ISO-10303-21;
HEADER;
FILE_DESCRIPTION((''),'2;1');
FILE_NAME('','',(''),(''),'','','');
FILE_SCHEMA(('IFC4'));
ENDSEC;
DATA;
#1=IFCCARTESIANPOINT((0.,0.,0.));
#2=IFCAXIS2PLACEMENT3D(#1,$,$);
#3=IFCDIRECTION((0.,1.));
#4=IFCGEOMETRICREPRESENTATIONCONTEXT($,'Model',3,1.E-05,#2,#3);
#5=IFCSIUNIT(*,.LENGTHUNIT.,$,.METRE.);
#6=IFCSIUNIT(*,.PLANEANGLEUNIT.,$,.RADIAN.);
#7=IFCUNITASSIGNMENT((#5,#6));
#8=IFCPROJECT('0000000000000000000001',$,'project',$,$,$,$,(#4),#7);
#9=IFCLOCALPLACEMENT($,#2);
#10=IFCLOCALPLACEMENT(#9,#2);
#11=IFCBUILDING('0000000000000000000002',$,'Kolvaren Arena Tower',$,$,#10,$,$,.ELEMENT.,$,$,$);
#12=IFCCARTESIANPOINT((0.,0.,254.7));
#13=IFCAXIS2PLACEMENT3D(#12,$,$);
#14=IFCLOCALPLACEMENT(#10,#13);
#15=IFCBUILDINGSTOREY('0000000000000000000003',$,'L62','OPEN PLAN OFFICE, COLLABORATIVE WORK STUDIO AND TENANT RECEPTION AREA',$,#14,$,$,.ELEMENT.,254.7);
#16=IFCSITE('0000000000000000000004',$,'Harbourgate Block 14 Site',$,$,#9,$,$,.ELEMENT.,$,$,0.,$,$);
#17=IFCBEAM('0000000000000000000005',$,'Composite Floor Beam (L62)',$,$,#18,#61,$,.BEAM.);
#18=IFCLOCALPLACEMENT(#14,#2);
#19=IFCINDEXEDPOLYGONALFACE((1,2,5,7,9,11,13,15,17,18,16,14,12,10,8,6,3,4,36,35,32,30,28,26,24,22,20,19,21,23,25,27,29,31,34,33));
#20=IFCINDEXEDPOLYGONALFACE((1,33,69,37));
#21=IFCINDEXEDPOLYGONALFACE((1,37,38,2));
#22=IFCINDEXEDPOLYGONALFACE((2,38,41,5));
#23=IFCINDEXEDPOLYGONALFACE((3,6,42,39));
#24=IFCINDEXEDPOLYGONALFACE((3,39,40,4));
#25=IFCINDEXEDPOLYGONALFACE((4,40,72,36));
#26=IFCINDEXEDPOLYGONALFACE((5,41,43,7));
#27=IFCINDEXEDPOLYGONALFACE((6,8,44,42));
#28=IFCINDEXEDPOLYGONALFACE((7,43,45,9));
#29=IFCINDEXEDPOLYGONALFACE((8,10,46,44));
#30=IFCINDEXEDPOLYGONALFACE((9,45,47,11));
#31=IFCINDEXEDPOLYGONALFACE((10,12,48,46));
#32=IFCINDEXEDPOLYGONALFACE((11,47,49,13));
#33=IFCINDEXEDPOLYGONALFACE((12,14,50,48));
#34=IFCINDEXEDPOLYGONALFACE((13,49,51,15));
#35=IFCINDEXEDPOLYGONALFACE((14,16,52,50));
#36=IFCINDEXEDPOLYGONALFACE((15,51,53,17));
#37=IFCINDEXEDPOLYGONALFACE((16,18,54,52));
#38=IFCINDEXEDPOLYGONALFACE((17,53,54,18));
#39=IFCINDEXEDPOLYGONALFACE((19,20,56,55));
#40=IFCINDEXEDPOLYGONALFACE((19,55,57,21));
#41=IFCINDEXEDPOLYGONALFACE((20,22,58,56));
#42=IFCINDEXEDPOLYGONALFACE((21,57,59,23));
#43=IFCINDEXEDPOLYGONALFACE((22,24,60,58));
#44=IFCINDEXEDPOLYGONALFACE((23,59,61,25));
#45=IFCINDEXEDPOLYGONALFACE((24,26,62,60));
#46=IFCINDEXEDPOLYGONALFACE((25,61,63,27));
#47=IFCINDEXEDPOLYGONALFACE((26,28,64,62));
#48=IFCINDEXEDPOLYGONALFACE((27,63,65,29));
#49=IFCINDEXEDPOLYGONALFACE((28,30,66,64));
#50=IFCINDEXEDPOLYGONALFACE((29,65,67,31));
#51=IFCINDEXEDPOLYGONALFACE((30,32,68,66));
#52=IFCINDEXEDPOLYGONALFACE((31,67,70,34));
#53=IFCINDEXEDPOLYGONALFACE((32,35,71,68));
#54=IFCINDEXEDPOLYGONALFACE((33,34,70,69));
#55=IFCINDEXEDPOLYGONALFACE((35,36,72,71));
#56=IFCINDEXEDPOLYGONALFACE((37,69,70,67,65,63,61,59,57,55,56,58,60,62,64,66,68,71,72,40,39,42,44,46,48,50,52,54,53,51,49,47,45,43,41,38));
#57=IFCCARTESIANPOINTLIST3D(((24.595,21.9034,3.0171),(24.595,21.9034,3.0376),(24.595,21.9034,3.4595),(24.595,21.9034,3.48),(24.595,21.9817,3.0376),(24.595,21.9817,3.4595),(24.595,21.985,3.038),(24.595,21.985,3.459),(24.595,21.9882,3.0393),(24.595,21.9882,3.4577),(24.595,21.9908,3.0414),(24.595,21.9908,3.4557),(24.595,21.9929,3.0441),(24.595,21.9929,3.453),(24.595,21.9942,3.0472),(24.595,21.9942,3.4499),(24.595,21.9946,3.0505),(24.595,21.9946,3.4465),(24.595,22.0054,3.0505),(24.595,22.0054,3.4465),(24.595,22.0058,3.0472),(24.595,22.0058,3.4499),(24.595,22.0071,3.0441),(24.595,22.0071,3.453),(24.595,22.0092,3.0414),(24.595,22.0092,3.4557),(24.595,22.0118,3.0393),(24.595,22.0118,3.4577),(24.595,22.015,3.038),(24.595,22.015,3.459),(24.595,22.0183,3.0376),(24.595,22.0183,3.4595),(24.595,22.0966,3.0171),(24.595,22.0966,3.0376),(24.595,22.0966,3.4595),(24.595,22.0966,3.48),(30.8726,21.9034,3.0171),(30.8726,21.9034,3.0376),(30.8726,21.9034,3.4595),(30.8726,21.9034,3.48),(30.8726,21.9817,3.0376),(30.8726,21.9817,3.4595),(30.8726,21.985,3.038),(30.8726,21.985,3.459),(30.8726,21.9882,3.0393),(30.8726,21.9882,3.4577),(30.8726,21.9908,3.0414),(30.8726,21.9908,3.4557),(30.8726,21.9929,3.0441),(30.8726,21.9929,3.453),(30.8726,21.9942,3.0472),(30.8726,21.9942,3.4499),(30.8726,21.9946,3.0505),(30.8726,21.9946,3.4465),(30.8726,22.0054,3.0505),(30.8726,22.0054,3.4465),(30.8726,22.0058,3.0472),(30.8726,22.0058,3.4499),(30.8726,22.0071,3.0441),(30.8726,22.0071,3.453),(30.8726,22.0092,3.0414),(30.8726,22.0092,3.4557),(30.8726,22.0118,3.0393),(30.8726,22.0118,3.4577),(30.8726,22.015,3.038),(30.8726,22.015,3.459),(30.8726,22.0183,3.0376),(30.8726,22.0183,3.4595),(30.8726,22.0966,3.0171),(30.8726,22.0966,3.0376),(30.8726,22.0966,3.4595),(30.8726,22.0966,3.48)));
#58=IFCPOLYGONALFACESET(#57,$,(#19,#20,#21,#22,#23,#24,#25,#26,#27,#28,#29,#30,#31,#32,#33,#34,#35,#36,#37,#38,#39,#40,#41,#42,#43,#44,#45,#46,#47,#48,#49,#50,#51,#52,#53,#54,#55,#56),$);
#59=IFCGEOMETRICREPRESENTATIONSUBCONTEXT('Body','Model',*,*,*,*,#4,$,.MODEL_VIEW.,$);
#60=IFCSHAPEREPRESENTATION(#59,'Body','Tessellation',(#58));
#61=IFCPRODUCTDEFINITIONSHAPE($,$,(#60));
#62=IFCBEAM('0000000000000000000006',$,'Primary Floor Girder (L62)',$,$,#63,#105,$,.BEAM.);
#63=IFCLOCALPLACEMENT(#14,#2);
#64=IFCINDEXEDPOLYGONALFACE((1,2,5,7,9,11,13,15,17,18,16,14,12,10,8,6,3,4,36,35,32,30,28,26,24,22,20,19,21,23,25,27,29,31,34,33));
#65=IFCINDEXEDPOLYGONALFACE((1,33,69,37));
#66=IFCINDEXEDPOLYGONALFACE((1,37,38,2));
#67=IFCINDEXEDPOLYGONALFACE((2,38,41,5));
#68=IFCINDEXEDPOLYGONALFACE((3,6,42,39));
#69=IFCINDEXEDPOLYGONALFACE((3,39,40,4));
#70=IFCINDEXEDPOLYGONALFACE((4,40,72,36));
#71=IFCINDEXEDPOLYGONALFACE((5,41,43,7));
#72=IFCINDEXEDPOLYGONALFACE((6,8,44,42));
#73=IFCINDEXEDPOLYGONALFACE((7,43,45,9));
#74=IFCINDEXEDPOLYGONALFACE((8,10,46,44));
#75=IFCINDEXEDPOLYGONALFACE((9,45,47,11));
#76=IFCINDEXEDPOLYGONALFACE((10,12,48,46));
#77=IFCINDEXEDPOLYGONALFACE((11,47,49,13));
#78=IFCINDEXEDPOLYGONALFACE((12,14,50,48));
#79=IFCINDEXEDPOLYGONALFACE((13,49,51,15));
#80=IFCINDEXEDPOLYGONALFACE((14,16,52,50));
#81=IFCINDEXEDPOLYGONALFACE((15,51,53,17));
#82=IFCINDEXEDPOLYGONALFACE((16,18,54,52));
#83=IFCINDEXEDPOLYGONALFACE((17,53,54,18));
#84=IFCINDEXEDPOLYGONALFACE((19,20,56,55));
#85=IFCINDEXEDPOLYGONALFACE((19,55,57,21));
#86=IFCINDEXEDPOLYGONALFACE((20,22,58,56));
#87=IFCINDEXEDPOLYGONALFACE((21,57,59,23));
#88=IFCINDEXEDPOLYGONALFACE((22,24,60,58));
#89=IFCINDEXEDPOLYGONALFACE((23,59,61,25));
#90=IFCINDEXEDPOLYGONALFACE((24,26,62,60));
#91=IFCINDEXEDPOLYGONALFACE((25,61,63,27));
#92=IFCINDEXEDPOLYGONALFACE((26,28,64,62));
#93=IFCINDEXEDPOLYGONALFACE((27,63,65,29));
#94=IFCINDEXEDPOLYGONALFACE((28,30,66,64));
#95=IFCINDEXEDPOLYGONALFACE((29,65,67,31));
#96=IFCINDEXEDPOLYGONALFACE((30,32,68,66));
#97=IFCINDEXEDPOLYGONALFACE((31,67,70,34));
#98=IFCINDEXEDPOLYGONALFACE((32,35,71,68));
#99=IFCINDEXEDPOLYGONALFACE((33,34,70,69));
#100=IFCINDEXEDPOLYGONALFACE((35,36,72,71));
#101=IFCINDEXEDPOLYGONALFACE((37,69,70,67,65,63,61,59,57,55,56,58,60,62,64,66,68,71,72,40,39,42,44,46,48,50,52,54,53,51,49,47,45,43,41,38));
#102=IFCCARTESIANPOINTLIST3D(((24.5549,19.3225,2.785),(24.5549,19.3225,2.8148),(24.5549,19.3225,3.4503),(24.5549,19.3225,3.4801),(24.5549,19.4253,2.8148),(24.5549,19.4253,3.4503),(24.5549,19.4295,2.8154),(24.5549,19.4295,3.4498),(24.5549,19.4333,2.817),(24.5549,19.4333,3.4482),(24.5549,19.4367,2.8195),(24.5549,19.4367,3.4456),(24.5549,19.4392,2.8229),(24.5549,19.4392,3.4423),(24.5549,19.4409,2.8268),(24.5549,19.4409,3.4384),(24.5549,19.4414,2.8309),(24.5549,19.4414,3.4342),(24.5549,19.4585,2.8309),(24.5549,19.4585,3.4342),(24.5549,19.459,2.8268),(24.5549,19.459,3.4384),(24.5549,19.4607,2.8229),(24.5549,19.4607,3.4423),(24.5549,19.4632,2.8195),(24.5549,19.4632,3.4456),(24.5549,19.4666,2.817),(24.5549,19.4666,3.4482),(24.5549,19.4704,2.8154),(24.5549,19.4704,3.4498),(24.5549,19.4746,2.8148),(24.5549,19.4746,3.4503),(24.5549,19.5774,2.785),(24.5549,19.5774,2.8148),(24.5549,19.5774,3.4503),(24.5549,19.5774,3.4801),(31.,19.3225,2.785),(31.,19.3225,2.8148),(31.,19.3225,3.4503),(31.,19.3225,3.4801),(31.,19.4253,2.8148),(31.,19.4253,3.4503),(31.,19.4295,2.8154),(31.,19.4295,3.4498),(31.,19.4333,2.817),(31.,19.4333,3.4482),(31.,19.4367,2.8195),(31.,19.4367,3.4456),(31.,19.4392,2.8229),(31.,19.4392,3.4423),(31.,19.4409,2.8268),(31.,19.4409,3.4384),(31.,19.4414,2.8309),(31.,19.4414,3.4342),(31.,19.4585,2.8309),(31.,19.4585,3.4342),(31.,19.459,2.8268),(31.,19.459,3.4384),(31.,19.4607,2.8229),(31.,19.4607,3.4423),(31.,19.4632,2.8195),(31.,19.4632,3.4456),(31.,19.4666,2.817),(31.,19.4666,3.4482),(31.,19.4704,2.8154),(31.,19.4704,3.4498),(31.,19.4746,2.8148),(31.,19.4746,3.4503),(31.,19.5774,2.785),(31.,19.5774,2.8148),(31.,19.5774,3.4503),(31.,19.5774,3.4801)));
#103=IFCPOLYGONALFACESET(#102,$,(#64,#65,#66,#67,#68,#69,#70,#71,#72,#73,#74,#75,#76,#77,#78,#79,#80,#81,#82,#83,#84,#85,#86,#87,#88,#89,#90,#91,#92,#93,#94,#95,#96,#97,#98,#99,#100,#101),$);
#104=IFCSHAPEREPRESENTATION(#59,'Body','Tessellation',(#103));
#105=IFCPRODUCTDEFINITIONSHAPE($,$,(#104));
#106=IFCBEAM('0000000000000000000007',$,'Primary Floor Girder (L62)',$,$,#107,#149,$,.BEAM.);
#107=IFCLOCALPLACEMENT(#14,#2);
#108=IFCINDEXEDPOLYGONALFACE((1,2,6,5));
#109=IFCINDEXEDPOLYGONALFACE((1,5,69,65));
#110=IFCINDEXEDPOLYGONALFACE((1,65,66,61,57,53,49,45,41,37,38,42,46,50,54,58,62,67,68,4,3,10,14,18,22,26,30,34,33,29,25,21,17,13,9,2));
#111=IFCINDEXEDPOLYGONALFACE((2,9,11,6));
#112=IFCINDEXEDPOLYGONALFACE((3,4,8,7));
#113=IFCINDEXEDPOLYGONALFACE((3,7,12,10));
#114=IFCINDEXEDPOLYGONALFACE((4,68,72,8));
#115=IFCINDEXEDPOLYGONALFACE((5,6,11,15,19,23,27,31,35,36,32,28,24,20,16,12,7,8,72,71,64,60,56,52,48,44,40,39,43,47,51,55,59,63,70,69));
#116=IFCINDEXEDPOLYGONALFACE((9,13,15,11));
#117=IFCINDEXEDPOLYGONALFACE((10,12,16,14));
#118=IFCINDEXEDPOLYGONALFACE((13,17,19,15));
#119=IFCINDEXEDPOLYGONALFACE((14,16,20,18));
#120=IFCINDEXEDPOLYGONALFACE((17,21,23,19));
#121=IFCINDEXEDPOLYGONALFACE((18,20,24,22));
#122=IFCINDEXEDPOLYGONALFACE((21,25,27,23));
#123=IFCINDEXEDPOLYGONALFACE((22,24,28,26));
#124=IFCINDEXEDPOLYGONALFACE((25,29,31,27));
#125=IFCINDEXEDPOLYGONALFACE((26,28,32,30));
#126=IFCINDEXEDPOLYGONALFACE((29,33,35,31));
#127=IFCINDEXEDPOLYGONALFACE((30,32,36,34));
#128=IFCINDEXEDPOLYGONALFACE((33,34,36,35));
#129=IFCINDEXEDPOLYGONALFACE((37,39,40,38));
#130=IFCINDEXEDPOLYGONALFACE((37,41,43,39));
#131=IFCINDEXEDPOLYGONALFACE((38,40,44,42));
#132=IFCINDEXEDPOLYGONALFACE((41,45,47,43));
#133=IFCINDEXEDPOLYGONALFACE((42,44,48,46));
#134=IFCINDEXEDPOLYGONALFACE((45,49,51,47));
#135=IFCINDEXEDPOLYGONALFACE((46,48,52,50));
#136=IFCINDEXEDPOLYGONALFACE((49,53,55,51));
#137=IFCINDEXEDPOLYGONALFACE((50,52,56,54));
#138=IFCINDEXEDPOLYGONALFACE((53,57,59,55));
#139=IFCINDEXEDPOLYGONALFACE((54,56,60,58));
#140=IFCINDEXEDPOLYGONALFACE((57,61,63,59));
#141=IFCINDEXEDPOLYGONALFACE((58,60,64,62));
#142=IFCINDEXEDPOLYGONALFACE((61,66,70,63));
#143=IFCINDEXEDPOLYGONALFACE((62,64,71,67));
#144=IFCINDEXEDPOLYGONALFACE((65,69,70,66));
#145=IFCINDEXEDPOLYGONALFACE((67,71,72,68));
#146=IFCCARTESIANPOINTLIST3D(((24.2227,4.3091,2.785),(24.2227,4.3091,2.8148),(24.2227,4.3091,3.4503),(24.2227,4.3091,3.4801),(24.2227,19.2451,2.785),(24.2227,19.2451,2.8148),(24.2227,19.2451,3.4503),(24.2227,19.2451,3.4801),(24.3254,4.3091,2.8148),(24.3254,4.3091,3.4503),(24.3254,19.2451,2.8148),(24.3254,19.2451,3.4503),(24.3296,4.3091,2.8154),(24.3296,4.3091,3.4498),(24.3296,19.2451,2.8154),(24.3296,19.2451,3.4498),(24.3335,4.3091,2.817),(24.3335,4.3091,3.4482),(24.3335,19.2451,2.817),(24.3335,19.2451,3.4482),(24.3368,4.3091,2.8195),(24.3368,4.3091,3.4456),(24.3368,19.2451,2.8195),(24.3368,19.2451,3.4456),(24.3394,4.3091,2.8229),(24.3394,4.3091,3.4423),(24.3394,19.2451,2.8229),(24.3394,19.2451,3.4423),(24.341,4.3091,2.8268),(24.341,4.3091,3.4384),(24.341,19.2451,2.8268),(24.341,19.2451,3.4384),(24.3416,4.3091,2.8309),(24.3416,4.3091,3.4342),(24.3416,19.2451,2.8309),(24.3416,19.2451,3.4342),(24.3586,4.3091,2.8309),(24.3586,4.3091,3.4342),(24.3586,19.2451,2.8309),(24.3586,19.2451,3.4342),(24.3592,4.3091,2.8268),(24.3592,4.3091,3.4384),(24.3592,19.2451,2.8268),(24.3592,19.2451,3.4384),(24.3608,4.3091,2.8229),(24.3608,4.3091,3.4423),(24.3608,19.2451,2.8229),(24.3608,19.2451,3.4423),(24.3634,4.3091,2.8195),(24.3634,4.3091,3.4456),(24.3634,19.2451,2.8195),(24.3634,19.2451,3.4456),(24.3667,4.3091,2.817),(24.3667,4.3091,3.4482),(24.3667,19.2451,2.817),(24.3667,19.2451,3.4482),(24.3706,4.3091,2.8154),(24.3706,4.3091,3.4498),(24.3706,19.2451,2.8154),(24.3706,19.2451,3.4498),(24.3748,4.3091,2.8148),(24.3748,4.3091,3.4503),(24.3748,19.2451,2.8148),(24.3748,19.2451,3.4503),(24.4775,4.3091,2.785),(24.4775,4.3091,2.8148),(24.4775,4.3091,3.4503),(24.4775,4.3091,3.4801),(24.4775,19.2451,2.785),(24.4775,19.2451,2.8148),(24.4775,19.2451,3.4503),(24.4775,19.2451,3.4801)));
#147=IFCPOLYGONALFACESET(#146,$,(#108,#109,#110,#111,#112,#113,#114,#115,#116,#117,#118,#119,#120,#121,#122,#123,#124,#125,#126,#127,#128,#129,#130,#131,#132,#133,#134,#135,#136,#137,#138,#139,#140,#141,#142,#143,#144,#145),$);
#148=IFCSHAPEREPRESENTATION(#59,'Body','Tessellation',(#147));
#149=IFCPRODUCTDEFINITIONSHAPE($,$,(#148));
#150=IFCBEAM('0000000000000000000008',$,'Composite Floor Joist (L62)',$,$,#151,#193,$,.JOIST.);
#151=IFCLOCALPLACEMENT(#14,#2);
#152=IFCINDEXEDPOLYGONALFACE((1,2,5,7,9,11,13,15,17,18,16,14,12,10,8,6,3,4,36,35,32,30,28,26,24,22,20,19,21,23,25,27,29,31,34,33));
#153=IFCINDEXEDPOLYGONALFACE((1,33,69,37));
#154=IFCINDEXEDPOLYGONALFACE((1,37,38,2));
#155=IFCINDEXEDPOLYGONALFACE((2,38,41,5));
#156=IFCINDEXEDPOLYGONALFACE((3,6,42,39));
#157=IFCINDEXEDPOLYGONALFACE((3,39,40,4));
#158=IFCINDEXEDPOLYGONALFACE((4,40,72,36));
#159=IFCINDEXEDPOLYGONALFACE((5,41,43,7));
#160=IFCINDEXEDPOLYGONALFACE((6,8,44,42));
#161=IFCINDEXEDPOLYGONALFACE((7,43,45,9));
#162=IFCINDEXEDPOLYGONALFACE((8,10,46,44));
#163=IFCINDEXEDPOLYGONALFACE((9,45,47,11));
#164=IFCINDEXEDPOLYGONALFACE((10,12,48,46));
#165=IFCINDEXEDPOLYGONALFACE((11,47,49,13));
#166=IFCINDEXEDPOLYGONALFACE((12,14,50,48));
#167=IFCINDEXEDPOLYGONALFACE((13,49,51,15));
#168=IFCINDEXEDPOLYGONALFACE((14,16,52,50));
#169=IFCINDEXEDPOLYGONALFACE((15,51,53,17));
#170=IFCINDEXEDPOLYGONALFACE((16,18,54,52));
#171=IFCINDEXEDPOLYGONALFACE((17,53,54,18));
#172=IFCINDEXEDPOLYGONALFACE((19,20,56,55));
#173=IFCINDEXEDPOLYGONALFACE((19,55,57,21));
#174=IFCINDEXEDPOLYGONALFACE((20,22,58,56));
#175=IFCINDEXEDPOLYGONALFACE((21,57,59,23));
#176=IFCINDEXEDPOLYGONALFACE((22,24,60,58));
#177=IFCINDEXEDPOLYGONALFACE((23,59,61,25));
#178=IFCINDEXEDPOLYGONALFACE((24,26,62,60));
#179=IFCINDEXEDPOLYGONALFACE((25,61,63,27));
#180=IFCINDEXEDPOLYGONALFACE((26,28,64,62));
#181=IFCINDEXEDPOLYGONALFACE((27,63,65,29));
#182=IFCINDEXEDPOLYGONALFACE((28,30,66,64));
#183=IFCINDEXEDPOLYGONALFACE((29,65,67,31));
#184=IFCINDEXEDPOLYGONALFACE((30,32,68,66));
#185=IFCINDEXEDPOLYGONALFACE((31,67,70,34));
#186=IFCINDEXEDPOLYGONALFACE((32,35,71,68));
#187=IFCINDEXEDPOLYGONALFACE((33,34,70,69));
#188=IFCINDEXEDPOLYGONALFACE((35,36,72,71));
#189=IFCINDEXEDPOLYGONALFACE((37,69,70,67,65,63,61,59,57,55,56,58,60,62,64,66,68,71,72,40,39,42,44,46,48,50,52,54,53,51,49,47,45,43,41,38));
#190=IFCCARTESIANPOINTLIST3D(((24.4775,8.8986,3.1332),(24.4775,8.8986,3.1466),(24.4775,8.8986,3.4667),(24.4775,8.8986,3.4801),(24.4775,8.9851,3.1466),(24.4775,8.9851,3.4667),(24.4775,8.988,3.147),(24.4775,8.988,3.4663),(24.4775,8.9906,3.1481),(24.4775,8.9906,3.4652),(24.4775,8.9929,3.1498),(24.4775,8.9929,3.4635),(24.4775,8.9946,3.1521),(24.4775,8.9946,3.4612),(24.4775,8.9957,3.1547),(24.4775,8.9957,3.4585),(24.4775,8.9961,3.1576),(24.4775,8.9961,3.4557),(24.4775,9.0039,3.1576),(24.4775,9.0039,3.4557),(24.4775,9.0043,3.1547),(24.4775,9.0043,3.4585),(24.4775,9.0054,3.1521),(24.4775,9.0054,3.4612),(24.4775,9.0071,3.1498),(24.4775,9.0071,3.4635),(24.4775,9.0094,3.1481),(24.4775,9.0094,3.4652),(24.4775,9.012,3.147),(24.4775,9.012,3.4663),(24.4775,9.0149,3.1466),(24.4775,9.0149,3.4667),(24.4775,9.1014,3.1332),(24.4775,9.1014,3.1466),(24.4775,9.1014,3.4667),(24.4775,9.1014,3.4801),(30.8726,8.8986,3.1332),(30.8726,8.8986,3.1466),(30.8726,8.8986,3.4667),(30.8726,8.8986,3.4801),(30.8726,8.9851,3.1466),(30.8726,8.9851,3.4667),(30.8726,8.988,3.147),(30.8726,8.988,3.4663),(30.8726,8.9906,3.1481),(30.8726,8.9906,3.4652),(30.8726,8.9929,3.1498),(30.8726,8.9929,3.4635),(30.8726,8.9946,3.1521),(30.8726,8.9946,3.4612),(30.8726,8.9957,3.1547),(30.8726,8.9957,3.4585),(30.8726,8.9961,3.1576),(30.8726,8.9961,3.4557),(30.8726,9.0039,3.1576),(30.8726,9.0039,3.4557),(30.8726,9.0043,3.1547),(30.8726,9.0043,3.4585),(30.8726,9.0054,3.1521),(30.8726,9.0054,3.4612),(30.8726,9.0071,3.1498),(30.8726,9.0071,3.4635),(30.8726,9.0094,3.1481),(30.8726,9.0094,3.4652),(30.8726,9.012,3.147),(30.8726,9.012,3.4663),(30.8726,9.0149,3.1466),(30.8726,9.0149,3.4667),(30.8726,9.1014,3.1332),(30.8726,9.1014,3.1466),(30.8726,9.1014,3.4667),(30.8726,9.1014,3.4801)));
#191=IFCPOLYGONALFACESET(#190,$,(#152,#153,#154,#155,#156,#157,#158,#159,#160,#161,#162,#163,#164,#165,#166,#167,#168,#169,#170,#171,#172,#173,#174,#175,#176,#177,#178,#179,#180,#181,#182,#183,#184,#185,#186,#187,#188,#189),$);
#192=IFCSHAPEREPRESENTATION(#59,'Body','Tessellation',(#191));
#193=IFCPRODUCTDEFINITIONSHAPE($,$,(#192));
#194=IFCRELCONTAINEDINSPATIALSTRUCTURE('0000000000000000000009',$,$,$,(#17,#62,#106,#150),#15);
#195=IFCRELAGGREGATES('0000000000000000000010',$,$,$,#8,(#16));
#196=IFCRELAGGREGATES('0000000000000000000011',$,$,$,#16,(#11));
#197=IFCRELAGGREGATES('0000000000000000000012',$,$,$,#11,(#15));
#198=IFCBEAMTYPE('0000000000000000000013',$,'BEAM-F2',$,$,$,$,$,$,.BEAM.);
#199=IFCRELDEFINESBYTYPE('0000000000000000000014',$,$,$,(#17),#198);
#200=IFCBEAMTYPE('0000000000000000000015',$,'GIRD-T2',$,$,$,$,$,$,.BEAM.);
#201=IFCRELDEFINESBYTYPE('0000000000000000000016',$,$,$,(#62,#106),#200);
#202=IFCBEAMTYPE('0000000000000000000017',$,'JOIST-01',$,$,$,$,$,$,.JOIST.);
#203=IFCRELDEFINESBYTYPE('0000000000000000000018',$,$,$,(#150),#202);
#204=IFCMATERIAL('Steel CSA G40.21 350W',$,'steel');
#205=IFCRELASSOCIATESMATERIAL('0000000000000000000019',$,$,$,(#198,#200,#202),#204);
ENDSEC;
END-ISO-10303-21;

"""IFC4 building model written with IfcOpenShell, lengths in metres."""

from ifc_helpers import new_model, si_unit, direction, frame, origin, origin_2d, place, context, subcontext, project, spatial, i_section, extrude, material, material_profile, profile_set, type_object, element, save


model = new_model("IFC4")

# Units and contexts
model_context = context("Model", 3, precision=1e-05, world=origin(), true_north=direction((0.0, 1.0)))
body_context = subcontext(model_context, "Body", "Model", "MODEL_VIEW")
ifc_project = project(units=[si_unit("LENGTHUNIT", "METRE"), si_unit("PLANEANGLEUNIT", "RADIAN")], contexts=[model_context])

# Site, building, storey
site_placement = place(None, origin())
site = spatial("IfcSite", under=ifc_project, at=site_placement, Name="Harbourgate Block 14 Site", CompositionType="ELEMENT", RefElevation=0.0)
building_placement = place(site_placement, origin())
building = spatial("IfcBuilding", under=site, at=building_placement, Name="Kolvaren Arena Tower", CompositionType="ELEMENT")
storey_placement = place(building_placement, frame((0.0, 0.0, 254.7)))
storey = spatial("IfcBuildingStorey", under=building, at=storey_placement, Name="L62", Description="OPEN PLAN OFFICE, COLLABORATIVE WORK STUDIO AND TENANT RECEPTION AREA", CompositionType="ELEMENT", Elevation=254.7)

# Beams
ifc_material_1 = material(Name="Steel CSA G40.21 350W", Category="steel")
ifc_material_profile_1 = material_profile(ifc_material_1, i_section(OverallWidth=0.1931, OverallDepth=0.4629, WebThickness=0.0107, FlangeThickness=0.0205, FilletRadius=0.0129, at=origin_2d()), Name="W460x113")
ifc_profile_set_1 = profile_set([ifc_material_profile_1], Name="Steel CSA G40.21 350W")
beam_type_1 = type_object("IfcBeamType", Name="BEAM-F2", PredefinedType="BEAM", material=ifc_profile_set_1)
beam_1_placement = place(storey_placement, frame((24.595, 22.0, 3.2485), z_axis=(1.0, 0.0, 0.0), x_axis=(0.0, 1.0, 0.0)))
element("IfcBeam", 1, at=beam_1_placement, inside=storey, type_object=beam_type_1, Name="Composite Floor Beam (L62)", PredefinedType="BEAM", context=body_context, shape_type="SweptSolid", body=[
    extrude(i_section(OverallWidth=0.1931, OverallDepth=0.4629, WebThickness=0.0107, FlangeThickness=0.0205, FilletRadius=0.0129, at=origin_2d()), origin(), (0.0, 0.0, 1.0), 6.2776),
])
ifc_material_profile_2 = material_profile(ifc_material_1, i_section(OverallWidth=0.2549, OverallDepth=0.6951, WebThickness=0.0171, FlangeThickness=0.0298, FilletRadius=0.0161, at=origin_2d()), Name="W690x217")
ifc_profile_set_2 = profile_set([ifc_material_profile_2], Name="Steel CSA G40.21 350W")
beam_type_2 = type_object("IfcBeamType", Name="GIRD-T2", PredefinedType="BEAM", material=ifc_profile_set_2)
beam_2_placement = place(storey_placement, frame((24.5549, 19.45, 3.1326), z_axis=(1.0, 0.0, 0.0), x_axis=(0.0, 1.0, 0.0)))
element("IfcBeam", 2, at=beam_2_placement, inside=storey, type_object=beam_type_2, Name="Primary Floor Girder (L62)", PredefinedType="BEAM", context=body_context, shape_type="SweptSolid", body=[
    extrude(i_section(OverallWidth=0.2549, OverallDepth=0.6951, WebThickness=0.0171, FlangeThickness=0.0298, FilletRadius=0.0161, at=origin_2d()), origin(), (0.0, 0.0, 1.0), 6.4451),
])
beam_3_placement = place(storey_placement, frame((24.3501, 4.3091, 3.1326), z_axis=(0.0, 1.0, 0.0), x_axis=(-1.0, 0.0, 0.0)))
element("IfcBeam", 3, at=beam_3_placement, inside=storey, type_object=beam_type_2, Name="Primary Floor Girder (L62)", PredefinedType="BEAM", context=body_context, shape_type="SweptSolid", body=[
    extrude(i_section(OverallWidth=0.2549, OverallDepth=0.6951, WebThickness=0.0171, FlangeThickness=0.0298, FilletRadius=0.0161, at=origin_2d()), origin(), (0.0, 0.0, 1.0), 14.936),
])
ifc_material_profile_3 = material_profile(ifc_material_1, i_section(OverallWidth=0.2029, OverallDepth=0.3469, WebThickness=0.0078, FlangeThickness=0.0134, FilletRadius=0.011, at=origin_2d()), Name="W360x64")
ifc_profile_set_3 = profile_set([ifc_material_profile_3], Name="Steel CSA G40.21 350W")
beam_type_3 = type_object("IfcBeamType", Name="JOIST-01", PredefinedType="JOIST", material=ifc_profile_set_3)
for number, where, z_axis, x_axis, name in (
    (4, (24.4775, 9.0, 3.3066), (1.0, 0.0, 0.0), (0.0, 1.0, 0.0), "Composite Floor Joist (L62)"),
):
    element("IfcBeam", number, at=place(storey_placement, frame(where, z_axis=z_axis, x_axis=x_axis)), inside=storey, type_object=beam_type_3, Name=name, PredefinedType="JOIST", context=body_context, shape_type="SweptSolid", body=[
        extrude(i_section(OverallWidth=0.2029, OverallDepth=0.3469, WebThickness=0.0078, FlangeThickness=0.0134, FilletRadius=0.011, at=origin_2d()), origin(), (0.0, 0.0, 1.0), 6.395),
    ])

save(model, "model.ifc")
